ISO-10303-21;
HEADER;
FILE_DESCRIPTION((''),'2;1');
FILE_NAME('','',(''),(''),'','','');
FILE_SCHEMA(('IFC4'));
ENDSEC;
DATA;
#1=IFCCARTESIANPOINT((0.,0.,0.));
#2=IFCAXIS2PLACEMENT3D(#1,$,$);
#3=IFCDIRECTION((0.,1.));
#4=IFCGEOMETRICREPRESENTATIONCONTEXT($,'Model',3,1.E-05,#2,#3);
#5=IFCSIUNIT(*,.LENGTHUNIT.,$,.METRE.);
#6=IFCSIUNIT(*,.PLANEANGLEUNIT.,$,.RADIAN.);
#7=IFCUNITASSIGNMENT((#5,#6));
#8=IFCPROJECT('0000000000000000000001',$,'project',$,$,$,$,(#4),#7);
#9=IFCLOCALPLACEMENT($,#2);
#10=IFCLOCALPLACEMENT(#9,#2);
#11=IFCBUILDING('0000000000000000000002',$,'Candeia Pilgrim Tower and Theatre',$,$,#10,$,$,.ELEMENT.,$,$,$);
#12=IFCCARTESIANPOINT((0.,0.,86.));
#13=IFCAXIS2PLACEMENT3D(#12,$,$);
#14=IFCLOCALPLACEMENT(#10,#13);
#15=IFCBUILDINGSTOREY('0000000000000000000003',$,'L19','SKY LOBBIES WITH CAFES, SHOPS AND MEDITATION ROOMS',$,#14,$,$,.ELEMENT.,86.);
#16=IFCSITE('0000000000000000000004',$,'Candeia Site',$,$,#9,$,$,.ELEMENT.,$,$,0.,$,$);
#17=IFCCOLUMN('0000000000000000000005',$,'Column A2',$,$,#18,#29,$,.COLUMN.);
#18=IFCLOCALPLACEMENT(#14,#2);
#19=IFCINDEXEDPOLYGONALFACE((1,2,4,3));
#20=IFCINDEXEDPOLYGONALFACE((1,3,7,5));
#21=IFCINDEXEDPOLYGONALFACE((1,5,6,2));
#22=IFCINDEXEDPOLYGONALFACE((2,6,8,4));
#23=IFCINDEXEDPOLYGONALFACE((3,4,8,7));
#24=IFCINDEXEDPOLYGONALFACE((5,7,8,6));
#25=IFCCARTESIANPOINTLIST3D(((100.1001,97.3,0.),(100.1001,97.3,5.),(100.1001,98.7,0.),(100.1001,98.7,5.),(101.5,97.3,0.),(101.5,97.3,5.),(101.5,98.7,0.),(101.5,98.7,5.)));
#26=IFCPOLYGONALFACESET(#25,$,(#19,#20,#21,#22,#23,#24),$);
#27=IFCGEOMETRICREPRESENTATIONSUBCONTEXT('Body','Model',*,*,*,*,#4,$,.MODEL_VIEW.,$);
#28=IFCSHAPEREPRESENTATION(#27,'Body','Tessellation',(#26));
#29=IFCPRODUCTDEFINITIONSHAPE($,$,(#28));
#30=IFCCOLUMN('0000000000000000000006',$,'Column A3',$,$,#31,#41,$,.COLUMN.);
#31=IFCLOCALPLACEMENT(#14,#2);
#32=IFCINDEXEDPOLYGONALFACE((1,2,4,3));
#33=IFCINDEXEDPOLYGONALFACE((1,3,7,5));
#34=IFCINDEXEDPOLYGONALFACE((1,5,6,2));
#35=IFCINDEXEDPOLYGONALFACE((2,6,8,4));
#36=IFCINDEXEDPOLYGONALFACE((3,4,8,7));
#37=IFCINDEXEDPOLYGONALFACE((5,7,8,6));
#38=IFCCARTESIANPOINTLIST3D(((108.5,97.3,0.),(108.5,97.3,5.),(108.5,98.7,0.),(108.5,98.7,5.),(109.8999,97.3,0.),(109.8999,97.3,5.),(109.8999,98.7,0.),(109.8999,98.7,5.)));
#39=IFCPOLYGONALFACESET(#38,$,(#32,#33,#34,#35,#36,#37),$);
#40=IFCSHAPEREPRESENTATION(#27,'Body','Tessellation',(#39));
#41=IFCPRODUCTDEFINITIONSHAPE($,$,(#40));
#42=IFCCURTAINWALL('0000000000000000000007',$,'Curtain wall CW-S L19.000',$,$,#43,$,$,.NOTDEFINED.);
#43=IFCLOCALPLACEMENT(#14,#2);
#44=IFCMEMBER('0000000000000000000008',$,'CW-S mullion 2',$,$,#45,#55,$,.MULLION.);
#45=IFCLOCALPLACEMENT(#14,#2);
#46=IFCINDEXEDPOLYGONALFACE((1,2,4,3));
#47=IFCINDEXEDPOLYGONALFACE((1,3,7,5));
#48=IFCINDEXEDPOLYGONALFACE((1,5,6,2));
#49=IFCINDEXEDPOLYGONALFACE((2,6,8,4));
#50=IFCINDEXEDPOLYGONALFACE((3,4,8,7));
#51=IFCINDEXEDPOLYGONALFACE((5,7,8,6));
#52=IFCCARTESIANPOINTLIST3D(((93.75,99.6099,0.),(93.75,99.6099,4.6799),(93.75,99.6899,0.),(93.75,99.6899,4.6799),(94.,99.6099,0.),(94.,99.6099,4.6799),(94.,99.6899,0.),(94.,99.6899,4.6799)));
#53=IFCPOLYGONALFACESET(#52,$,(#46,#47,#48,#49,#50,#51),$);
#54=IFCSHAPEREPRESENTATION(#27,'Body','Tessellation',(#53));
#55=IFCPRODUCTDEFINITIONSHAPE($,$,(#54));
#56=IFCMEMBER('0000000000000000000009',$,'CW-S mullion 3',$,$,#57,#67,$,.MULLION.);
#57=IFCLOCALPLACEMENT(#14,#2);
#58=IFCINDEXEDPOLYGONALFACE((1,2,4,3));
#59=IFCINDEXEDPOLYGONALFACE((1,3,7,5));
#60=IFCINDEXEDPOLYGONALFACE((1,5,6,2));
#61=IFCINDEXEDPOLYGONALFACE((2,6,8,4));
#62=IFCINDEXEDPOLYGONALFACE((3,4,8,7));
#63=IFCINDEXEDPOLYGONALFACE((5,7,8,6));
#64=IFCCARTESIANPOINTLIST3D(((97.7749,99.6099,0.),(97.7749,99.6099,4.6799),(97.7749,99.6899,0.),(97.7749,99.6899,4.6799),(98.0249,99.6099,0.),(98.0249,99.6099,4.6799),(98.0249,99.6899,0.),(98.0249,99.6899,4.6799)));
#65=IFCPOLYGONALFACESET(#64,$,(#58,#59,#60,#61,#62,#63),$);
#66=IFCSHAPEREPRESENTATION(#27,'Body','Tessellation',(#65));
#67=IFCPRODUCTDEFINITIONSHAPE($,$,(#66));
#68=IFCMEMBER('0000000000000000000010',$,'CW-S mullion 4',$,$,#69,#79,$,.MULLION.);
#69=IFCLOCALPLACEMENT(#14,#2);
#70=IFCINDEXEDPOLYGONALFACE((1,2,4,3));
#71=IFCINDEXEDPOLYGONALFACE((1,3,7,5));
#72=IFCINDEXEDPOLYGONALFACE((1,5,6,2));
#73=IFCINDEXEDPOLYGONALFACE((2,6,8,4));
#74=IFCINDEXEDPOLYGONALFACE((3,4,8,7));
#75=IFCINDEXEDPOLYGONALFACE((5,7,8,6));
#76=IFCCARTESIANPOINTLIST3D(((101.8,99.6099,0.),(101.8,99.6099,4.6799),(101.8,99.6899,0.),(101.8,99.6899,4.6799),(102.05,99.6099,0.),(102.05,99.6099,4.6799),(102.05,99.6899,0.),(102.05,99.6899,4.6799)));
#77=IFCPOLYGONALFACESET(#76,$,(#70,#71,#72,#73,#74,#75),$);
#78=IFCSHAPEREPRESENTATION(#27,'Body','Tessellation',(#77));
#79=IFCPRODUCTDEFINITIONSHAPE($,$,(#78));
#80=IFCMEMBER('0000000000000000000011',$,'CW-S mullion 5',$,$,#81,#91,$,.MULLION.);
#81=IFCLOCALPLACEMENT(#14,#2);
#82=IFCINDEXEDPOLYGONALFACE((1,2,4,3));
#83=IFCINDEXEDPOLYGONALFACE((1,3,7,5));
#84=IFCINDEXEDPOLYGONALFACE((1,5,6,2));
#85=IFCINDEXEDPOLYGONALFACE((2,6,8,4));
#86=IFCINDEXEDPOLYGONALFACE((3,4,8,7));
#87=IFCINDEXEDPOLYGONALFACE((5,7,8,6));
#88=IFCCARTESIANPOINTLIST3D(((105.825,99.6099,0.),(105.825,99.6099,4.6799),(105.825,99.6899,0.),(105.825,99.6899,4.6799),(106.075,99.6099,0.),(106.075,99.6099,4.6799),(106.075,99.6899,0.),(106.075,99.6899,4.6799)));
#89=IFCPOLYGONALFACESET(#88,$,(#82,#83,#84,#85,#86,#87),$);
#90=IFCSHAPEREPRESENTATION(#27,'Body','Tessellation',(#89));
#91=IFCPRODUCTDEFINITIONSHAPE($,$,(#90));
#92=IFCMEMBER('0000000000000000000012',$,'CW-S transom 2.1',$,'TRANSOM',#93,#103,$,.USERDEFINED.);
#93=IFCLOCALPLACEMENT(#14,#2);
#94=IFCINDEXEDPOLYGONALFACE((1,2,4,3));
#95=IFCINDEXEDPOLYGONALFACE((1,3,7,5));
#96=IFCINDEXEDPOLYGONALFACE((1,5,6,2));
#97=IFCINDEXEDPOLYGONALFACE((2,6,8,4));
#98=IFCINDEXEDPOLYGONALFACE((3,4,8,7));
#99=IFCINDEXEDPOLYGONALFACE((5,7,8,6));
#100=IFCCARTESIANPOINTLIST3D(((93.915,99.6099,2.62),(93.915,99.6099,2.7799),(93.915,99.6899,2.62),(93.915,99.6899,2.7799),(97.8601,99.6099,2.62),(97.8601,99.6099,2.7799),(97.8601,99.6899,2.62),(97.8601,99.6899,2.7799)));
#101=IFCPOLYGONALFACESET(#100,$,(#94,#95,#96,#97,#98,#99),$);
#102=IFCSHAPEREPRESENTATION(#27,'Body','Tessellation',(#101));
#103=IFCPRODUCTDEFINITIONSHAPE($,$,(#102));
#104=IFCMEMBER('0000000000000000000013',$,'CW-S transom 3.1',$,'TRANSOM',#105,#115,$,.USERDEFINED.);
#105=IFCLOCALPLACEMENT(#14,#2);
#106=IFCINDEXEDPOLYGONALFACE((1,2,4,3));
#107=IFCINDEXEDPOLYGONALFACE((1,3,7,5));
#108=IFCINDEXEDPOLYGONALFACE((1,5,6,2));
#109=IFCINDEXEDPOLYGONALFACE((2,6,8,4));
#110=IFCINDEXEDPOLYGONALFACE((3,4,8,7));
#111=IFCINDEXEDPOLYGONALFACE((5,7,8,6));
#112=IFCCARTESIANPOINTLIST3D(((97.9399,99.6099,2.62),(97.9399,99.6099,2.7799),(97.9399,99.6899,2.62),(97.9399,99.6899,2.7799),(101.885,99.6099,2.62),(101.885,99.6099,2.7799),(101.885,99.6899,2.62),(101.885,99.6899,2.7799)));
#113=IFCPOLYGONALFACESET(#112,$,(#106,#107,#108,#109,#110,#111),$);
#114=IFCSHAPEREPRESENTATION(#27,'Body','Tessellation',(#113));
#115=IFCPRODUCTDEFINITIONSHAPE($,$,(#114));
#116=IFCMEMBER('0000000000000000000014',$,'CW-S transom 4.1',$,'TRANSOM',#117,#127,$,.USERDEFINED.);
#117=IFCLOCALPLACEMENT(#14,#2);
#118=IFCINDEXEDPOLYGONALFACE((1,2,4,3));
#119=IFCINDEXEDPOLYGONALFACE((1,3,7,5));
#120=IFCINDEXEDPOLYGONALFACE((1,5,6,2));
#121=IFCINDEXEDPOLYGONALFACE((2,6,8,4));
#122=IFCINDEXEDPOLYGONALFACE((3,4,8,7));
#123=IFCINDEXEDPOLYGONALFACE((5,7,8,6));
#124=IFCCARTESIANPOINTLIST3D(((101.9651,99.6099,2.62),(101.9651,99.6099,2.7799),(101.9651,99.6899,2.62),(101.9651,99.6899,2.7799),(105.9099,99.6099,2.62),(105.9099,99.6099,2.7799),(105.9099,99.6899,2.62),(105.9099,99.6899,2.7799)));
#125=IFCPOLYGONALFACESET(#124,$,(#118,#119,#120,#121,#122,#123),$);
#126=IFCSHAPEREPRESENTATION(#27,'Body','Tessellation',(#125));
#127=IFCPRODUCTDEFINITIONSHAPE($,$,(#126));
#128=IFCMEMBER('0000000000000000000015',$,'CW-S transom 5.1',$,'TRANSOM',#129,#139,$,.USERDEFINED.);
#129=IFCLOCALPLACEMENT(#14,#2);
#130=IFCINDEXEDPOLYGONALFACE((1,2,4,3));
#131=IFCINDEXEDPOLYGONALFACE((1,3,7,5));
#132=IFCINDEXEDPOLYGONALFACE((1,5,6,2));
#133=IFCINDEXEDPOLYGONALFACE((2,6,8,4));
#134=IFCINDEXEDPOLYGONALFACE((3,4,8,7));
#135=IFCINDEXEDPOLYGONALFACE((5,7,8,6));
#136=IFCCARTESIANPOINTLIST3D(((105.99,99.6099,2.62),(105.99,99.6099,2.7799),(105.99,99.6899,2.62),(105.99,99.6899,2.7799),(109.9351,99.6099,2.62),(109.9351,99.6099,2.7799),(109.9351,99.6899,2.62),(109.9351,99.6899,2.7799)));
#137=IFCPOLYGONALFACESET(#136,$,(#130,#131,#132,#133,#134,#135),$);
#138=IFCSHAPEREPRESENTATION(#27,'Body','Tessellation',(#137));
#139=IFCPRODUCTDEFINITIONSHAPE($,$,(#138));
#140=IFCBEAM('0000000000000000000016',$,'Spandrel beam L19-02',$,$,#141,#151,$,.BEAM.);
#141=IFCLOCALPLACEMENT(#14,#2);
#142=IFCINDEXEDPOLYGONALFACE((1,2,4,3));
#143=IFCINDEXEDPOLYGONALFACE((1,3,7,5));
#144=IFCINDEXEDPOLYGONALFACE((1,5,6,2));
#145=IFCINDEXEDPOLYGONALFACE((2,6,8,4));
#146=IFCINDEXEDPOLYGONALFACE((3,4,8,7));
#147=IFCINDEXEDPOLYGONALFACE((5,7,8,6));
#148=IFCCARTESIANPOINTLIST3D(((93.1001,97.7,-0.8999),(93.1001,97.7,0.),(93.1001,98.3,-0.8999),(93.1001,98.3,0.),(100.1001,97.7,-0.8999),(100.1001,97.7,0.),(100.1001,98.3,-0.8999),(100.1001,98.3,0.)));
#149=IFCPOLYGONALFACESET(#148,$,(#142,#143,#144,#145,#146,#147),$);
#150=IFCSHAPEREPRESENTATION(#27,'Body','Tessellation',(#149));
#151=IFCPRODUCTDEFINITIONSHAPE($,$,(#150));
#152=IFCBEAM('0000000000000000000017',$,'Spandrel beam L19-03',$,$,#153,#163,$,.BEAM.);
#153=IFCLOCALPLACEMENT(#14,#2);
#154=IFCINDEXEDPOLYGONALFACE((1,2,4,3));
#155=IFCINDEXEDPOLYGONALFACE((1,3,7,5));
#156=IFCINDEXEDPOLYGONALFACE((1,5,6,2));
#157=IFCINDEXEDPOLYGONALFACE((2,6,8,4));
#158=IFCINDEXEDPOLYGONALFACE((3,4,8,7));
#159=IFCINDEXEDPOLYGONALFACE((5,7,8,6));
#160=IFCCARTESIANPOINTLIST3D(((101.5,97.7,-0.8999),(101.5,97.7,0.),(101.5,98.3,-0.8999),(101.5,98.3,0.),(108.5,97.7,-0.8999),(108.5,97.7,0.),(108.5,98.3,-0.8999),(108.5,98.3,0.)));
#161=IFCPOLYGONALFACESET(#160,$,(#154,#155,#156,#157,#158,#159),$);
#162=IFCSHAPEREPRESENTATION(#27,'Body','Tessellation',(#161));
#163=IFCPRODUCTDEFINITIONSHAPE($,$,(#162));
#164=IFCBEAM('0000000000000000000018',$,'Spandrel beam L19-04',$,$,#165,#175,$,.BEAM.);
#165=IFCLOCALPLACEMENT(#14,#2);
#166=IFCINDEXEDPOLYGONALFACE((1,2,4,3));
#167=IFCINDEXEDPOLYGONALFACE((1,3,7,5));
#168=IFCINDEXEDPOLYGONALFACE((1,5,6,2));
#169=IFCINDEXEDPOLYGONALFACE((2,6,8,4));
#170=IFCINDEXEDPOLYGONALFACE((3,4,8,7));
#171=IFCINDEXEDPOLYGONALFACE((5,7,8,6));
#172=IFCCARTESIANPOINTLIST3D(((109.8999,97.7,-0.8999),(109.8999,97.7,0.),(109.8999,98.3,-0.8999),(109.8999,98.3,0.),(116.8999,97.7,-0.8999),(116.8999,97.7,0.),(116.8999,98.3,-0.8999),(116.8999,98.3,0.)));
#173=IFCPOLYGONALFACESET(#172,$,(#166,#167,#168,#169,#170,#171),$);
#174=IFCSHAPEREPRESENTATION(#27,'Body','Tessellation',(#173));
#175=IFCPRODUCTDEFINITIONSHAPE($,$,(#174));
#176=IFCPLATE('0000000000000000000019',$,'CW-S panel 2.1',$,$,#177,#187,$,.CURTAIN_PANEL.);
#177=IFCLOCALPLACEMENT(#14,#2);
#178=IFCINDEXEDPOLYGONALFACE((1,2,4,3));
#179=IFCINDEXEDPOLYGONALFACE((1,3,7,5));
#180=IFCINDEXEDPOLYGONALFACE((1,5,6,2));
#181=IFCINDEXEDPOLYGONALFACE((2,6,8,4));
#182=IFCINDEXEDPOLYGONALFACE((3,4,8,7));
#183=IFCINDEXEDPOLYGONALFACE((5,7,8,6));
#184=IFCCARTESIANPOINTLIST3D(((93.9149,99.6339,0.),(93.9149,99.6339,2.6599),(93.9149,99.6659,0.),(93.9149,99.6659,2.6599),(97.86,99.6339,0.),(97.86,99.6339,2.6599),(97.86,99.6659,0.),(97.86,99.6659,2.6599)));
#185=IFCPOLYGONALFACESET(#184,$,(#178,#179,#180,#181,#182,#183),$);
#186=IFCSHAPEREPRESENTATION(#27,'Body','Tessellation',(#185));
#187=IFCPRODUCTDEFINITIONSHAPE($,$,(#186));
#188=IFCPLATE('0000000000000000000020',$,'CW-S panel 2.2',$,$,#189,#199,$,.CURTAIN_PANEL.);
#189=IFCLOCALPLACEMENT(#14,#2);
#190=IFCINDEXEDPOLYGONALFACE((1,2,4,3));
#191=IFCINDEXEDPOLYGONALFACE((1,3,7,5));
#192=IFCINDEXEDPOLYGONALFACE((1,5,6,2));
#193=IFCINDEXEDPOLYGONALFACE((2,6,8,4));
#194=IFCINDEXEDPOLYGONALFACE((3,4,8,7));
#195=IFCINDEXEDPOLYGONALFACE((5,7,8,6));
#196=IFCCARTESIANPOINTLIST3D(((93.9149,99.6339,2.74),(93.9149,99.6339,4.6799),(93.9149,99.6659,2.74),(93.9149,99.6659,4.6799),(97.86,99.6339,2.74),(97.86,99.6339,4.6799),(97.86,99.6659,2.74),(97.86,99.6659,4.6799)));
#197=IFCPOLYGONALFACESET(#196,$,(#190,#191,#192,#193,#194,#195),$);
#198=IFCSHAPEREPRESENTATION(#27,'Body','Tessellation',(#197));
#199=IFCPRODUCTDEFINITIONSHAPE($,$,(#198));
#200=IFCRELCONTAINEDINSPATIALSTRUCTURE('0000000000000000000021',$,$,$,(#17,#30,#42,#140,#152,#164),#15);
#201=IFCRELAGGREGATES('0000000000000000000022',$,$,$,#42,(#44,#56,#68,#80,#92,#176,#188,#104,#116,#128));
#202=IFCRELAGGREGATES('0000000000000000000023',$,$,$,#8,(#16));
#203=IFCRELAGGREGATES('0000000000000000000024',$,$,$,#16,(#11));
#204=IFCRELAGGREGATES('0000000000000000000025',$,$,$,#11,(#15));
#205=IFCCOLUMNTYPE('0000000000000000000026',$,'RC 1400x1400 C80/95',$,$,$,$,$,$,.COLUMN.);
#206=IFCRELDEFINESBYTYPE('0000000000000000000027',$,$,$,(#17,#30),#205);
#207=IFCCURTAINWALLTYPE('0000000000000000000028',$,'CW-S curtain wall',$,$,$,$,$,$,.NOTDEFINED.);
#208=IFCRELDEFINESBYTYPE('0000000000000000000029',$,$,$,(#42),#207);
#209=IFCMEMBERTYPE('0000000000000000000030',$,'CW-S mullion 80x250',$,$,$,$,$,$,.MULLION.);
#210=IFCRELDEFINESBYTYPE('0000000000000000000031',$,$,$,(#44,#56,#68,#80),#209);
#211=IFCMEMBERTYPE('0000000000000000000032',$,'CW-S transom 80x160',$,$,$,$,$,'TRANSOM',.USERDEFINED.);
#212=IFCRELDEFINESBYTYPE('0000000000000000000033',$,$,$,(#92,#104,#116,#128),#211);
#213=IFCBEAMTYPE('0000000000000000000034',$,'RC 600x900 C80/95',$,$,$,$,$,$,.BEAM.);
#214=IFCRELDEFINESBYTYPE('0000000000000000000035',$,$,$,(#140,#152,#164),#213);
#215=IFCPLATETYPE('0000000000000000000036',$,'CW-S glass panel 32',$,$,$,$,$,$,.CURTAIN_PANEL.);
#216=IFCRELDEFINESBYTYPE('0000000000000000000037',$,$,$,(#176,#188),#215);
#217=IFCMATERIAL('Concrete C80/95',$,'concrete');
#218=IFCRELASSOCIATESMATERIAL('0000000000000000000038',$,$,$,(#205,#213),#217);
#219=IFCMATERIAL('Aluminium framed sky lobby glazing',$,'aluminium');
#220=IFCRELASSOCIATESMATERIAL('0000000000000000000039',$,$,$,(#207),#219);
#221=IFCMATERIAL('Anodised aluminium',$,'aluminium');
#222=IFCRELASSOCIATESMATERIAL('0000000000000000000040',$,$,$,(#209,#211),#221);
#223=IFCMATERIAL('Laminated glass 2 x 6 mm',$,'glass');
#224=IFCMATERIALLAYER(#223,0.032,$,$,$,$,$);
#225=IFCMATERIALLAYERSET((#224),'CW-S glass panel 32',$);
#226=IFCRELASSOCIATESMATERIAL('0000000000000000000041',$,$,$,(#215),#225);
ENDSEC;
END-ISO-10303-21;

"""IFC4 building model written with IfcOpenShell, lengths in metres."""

from ifc_helpers import new_model, si_unit, direction, frame, origin, origin_2d, place, context, subcontext, project, spatial, rectangle, extrude, material, layer, layer_set, material_profile, profile_set, type_object, element, aggregate, save


model = new_model("IFC4")

# Units and contexts
model_context = context("Model", 3, precision=1e-05, world=origin(), true_north=direction((0.0, 1.0)))
body_context = subcontext(model_context, "Body", "Model", "MODEL_VIEW")
ifc_project = project(units=[si_unit("LENGTHUNIT", "METRE"), si_unit("PLANEANGLEUNIT", "RADIAN")], contexts=[model_context])

# Site, building, storey
site_placement = place(None, origin())
site = spatial("IfcSite", under=ifc_project, at=site_placement, Name="Candeia Site", CompositionType="ELEMENT", RefElevation=0.0)
building_placement = place(site_placement, origin())
building = spatial("IfcBuilding", under=site, at=building_placement, Name="Candeia Pilgrim Tower and Theatre", CompositionType="ELEMENT")
storey_placement = place(building_placement, frame((0.0, 0.0, 86.0)))
storey = spatial("IfcBuildingStorey", under=building, at=storey_placement, Name="L19", Description="SKY LOBBIES WITH CAFES, SHOPS AND MEDITATION ROOMS", CompositionType="ELEMENT", Elevation=86.0)

# Columns
ifc_material_1 = material(Name="Concrete C80/95", Category="concrete")
ifc_material_profile_1 = material_profile(ifc_material_1, rectangle(XDim=1.3999, YDim=1.3999, at=origin_2d()))
ifc_profile_set_1 = profile_set([ifc_material_profile_1], Name="Concrete C80/95")
column_type = type_object("IfcColumnType", Name="RC 1400x1400 C80/95", PredefinedType="COLUMN", material=ifc_profile_set_1)
for number, where, z_axis, x_axis, name in (
    (1, (100.8, 98.0, 0.0), (0.0, 0.0, 1.0), (1.0, 0.0, 0.0), "Column A2"),
    (2, (109.2, 98.0, 0.0), (0.0, 0.0, 1.0), (1.0, 0.0, 0.0), "Column A3"),
):
    element("IfcColumn", number, at=place(storey_placement, frame(where, z_axis=z_axis, x_axis=x_axis)), inside=storey, type_object=column_type, Name=name, PredefinedType="COLUMN", context=body_context, shape_type="SweptSolid", body=[
        extrude(rectangle(XDim=1.3999, YDim=1.3999, at=origin_2d()), origin(), (0.0, 0.0, 1.0), 5.0),
    ])

# Curtain wall, members
ifc_material_2 = material(Name="Aluminium framed sky lobby glazing", Category="aluminium")
curtain_wall_type = type_object("IfcCurtainWallType", Name="CW-S curtain wall", PredefinedType="NOTDEFINED", material=ifc_material_2)
curtain_wall_placement = place(storey_placement, origin())
curtain_wall = element("IfcCurtainWall", 3, at=curtain_wall_placement, inside=storey, type_object=curtain_wall_type, Name="Curtain wall CW-S L19.000", PredefinedType="NOTDEFINED")
ifc_material_3 = material(Name="Anodised aluminium", Category="aluminium")
ifc_material_profile_2 = material_profile(ifc_material_3, rectangle(XDim=0.0801, YDim=0.25, at=origin_2d()))
ifc_profile_set_2 = profile_set([ifc_material_profile_2], Name="Anodised aluminium")
member_type_1 = type_object("IfcMemberType", Name="CW-S mullion 80x250", PredefinedType="MULLION", material=ifc_profile_set_2)
member_1_placement = place(storey_placement, frame((93.875, 99.6499, 0.0), z_axis=(0.0, 0.0, 1.0), x_axis=(0.0, 1.0, 0.0)))
member_1 = element("IfcMember", 4, at=member_1_placement, type_object=member_type_1, Name="CW-S mullion 2", PredefinedType="MULLION", context=body_context, shape_type="SweptSolid", body=[
    extrude(rectangle(XDim=0.0801, YDim=0.25, at=origin_2d()), origin(), (0.0, 0.0, 1.0), 4.6799),
])
member_2_placement = place(storey_placement, frame((97.8999, 99.6499, 0.0), z_axis=(0.0, 0.0, 1.0), x_axis=(0.0, 1.0, 0.0)))
member_2 = element("IfcMember", 5, at=member_2_placement, type_object=member_type_1, Name="CW-S mullion 3", PredefinedType="MULLION", context=body_context, shape_type="SweptSolid", body=[
    extrude(rectangle(XDim=0.0801, YDim=0.25, at=origin_2d()), origin(), (0.0, 0.0, 1.0), 4.6799),
])
member_3_placement = place(storey_placement, frame((101.925, 99.6499, 0.0), z_axis=(0.0, 0.0, 1.0), x_axis=(0.0, 1.0, 0.0)))
member_3 = element("IfcMember", 6, at=member_3_placement, type_object=member_type_1, Name="CW-S mullion 4", PredefinedType="MULLION", context=body_context, shape_type="SweptSolid", body=[
    extrude(rectangle(XDim=0.0801, YDim=0.25, at=origin_2d()), origin(), (0.0, 0.0, 1.0), 4.6799),
])
member_4_placement = place(storey_placement, frame((105.95, 99.6499, 0.0), z_axis=(0.0, 0.0, 1.0), x_axis=(0.0, 1.0, 0.0)))
member_4 = element("IfcMember", 7, at=member_4_placement, type_object=member_type_1, Name="CW-S mullion 5", PredefinedType="MULLION", context=body_context, shape_type="SweptSolid", body=[
    extrude(rectangle(XDim=0.0801, YDim=0.25, at=origin_2d()), origin(), (0.0, 0.0, 1.0), 4.6799),
])
ifc_material_profile_3 = material_profile(ifc_material_3, rectangle(XDim=0.0801, YDim=0.1599, at=origin_2d()))
ifc_profile_set_3 = profile_set([ifc_material_profile_3], Name="Anodised aluminium")
member_type_2 = type_object("IfcMemberType", Name="CW-S transom 80x160", ElementType="TRANSOM", PredefinedType="USERDEFINED", material=ifc_profile_set_3)
member_5_placement = place(storey_placement, frame((93.915, 99.6499, 2.7), z_axis=(1.0, 0.0, 0.0), x_axis=(0.0, 1.0, 0.0)))
member_5 = element("IfcMember", 8, at=member_5_placement, type_object=member_type_2, Name="CW-S transom 2.1", ObjectType="TRANSOM", PredefinedType="USERDEFINED", context=body_context, shape_type="SweptSolid", body=[
    extrude(rectangle(XDim=0.0801, YDim=0.1599, at=origin_2d()), origin(), (0.0, 0.0, 1.0), 3.9451),
])
member_6_placement = place(storey_placement, frame((97.9399, 99.6499, 2.7), z_axis=(1.0, 0.0, 0.0), x_axis=(0.0, 1.0, 0.0)))
member_6 = element("IfcMember", 9, at=member_6_placement, type_object=member_type_2, Name="CW-S transom 3.1", ObjectType="TRANSOM", PredefinedType="USERDEFINED", context=body_context, shape_type="SweptSolid", body=[
    extrude(rectangle(XDim=0.0801, YDim=0.1599, at=origin_2d()), origin(), (0.0, 0.0, 1.0), 3.9451),
])
member_7_placement = place(storey_placement, frame((101.9651, 99.6499, 2.7), z_axis=(1.0, 0.0, 0.0), x_axis=(0.0, 1.0, 0.0)))
member_7 = element("IfcMember", 10, at=member_7_placement, type_object=member_type_2, Name="CW-S transom 4.1", ObjectType="TRANSOM", PredefinedType="USERDEFINED", context=body_context, shape_type="SweptSolid", body=[
    extrude(rectangle(XDim=0.0801, YDim=0.1599, at=origin_2d()), origin(), (0.0, 0.0, 1.0), 3.9448),
])
member_8_placement = place(storey_placement, frame((105.99, 99.6499, 2.7), z_axis=(1.0, 0.0, 0.0), x_axis=(0.0, 1.0, 0.0)))
member_8 = element("IfcMember", 11, at=member_8_placement, type_object=member_type_2, Name="CW-S transom 5.1", ObjectType="TRANSOM", PredefinedType="USERDEFINED", context=body_context, shape_type="SweptSolid", body=[
    extrude(rectangle(XDim=0.0801, YDim=0.1599, at=origin_2d()), origin(), (0.0, 0.0, 1.0), 3.9451),
])

# Beams
ifc_material_profile_4 = material_profile(ifc_material_1, rectangle(XDim=0.6001, YDim=0.8999, at=origin_2d()))
ifc_profile_set_4 = profile_set([ifc_material_profile_4], Name="Concrete C80/95")
beam_type = type_object("IfcBeamType", Name="RC 600x900 C80/95", PredefinedType="BEAM", material=ifc_profile_set_4)
for number, where, z_axis, x_axis, name in (
    (12, (93.1001, 98.0, -0.45), (1.0, 0.0, 0.0), (0.0, 1.0, 0.0), "Spandrel beam L19-02"),
    (13, (101.5, 98.0, -0.45), (1.0, 0.0, 0.0), (0.0, 1.0, 0.0), "Spandrel beam L19-03"),
    (14, (109.8999, 98.0, -0.45), (1.0, 0.0, 0.0), (0.0, 1.0, 0.0), "Spandrel beam L19-04"),
):
    element("IfcBeam", number, at=place(storey_placement, frame(where, z_axis=z_axis, x_axis=x_axis)), inside=storey, type_object=beam_type, Name=name, PredefinedType="BEAM", context=body_context, shape_type="SweptSolid", body=[
        extrude(rectangle(XDim=0.6001, YDim=0.8999, at=origin_2d()), origin(), (0.0, 0.0, 1.0), 7.0),
    ])

# Plates
ifc_material_4 = material(Name="Laminated glass 2 x 6 mm", Category="glass")
ifc_layer_1 = layer(ifc_material_4, 0.032)
ifc_layer_set_1 = layer_set([ifc_layer_1], Name="CW-S glass panel 32")
plate_type = type_object("IfcPlateType", Name="CW-S glass panel 32", PredefinedType="CURTAIN_PANEL", material=ifc_layer_set_1)
plate_1_placement = place(storey_placement, frame((95.8875, 99.6499, 0.0), z_axis=(0.0, 0.0, 1.0), x_axis=(1.0, 0.0, 0.0)))
plate_1 = element("IfcPlate", 15, at=plate_1_placement, type_object=plate_type, Name="CW-S panel 2.1", PredefinedType="CURTAIN_PANEL", context=body_context, shape_type="SweptSolid", body=[
    extrude(rectangle(XDim=3.9451, YDim=0.032, at=origin_2d()), origin(), (0.0, 0.0, 1.0), 2.6599),
])
plate_2_placement = place(storey_placement, frame((95.8875, 99.6499, 2.74), z_axis=(0.0, 0.0, 1.0), x_axis=(1.0, 0.0, 0.0)))
plate_2 = element("IfcPlate", 16, at=plate_2_placement, type_object=plate_type, Name="CW-S panel 2.2", PredefinedType="CURTAIN_PANEL", context=body_context, shape_type="SweptSolid", body=[
    extrude(rectangle(XDim=3.9451, YDim=0.032, at=origin_2d()), origin(), (0.0, 0.0, 1.0), 1.9399),
])
aggregate(curtain_wall, [member_1, member_2, member_3, member_4, member_5, plate_1, plate_2, member_6, member_7, member_8])

save(model, "model.ifc")
